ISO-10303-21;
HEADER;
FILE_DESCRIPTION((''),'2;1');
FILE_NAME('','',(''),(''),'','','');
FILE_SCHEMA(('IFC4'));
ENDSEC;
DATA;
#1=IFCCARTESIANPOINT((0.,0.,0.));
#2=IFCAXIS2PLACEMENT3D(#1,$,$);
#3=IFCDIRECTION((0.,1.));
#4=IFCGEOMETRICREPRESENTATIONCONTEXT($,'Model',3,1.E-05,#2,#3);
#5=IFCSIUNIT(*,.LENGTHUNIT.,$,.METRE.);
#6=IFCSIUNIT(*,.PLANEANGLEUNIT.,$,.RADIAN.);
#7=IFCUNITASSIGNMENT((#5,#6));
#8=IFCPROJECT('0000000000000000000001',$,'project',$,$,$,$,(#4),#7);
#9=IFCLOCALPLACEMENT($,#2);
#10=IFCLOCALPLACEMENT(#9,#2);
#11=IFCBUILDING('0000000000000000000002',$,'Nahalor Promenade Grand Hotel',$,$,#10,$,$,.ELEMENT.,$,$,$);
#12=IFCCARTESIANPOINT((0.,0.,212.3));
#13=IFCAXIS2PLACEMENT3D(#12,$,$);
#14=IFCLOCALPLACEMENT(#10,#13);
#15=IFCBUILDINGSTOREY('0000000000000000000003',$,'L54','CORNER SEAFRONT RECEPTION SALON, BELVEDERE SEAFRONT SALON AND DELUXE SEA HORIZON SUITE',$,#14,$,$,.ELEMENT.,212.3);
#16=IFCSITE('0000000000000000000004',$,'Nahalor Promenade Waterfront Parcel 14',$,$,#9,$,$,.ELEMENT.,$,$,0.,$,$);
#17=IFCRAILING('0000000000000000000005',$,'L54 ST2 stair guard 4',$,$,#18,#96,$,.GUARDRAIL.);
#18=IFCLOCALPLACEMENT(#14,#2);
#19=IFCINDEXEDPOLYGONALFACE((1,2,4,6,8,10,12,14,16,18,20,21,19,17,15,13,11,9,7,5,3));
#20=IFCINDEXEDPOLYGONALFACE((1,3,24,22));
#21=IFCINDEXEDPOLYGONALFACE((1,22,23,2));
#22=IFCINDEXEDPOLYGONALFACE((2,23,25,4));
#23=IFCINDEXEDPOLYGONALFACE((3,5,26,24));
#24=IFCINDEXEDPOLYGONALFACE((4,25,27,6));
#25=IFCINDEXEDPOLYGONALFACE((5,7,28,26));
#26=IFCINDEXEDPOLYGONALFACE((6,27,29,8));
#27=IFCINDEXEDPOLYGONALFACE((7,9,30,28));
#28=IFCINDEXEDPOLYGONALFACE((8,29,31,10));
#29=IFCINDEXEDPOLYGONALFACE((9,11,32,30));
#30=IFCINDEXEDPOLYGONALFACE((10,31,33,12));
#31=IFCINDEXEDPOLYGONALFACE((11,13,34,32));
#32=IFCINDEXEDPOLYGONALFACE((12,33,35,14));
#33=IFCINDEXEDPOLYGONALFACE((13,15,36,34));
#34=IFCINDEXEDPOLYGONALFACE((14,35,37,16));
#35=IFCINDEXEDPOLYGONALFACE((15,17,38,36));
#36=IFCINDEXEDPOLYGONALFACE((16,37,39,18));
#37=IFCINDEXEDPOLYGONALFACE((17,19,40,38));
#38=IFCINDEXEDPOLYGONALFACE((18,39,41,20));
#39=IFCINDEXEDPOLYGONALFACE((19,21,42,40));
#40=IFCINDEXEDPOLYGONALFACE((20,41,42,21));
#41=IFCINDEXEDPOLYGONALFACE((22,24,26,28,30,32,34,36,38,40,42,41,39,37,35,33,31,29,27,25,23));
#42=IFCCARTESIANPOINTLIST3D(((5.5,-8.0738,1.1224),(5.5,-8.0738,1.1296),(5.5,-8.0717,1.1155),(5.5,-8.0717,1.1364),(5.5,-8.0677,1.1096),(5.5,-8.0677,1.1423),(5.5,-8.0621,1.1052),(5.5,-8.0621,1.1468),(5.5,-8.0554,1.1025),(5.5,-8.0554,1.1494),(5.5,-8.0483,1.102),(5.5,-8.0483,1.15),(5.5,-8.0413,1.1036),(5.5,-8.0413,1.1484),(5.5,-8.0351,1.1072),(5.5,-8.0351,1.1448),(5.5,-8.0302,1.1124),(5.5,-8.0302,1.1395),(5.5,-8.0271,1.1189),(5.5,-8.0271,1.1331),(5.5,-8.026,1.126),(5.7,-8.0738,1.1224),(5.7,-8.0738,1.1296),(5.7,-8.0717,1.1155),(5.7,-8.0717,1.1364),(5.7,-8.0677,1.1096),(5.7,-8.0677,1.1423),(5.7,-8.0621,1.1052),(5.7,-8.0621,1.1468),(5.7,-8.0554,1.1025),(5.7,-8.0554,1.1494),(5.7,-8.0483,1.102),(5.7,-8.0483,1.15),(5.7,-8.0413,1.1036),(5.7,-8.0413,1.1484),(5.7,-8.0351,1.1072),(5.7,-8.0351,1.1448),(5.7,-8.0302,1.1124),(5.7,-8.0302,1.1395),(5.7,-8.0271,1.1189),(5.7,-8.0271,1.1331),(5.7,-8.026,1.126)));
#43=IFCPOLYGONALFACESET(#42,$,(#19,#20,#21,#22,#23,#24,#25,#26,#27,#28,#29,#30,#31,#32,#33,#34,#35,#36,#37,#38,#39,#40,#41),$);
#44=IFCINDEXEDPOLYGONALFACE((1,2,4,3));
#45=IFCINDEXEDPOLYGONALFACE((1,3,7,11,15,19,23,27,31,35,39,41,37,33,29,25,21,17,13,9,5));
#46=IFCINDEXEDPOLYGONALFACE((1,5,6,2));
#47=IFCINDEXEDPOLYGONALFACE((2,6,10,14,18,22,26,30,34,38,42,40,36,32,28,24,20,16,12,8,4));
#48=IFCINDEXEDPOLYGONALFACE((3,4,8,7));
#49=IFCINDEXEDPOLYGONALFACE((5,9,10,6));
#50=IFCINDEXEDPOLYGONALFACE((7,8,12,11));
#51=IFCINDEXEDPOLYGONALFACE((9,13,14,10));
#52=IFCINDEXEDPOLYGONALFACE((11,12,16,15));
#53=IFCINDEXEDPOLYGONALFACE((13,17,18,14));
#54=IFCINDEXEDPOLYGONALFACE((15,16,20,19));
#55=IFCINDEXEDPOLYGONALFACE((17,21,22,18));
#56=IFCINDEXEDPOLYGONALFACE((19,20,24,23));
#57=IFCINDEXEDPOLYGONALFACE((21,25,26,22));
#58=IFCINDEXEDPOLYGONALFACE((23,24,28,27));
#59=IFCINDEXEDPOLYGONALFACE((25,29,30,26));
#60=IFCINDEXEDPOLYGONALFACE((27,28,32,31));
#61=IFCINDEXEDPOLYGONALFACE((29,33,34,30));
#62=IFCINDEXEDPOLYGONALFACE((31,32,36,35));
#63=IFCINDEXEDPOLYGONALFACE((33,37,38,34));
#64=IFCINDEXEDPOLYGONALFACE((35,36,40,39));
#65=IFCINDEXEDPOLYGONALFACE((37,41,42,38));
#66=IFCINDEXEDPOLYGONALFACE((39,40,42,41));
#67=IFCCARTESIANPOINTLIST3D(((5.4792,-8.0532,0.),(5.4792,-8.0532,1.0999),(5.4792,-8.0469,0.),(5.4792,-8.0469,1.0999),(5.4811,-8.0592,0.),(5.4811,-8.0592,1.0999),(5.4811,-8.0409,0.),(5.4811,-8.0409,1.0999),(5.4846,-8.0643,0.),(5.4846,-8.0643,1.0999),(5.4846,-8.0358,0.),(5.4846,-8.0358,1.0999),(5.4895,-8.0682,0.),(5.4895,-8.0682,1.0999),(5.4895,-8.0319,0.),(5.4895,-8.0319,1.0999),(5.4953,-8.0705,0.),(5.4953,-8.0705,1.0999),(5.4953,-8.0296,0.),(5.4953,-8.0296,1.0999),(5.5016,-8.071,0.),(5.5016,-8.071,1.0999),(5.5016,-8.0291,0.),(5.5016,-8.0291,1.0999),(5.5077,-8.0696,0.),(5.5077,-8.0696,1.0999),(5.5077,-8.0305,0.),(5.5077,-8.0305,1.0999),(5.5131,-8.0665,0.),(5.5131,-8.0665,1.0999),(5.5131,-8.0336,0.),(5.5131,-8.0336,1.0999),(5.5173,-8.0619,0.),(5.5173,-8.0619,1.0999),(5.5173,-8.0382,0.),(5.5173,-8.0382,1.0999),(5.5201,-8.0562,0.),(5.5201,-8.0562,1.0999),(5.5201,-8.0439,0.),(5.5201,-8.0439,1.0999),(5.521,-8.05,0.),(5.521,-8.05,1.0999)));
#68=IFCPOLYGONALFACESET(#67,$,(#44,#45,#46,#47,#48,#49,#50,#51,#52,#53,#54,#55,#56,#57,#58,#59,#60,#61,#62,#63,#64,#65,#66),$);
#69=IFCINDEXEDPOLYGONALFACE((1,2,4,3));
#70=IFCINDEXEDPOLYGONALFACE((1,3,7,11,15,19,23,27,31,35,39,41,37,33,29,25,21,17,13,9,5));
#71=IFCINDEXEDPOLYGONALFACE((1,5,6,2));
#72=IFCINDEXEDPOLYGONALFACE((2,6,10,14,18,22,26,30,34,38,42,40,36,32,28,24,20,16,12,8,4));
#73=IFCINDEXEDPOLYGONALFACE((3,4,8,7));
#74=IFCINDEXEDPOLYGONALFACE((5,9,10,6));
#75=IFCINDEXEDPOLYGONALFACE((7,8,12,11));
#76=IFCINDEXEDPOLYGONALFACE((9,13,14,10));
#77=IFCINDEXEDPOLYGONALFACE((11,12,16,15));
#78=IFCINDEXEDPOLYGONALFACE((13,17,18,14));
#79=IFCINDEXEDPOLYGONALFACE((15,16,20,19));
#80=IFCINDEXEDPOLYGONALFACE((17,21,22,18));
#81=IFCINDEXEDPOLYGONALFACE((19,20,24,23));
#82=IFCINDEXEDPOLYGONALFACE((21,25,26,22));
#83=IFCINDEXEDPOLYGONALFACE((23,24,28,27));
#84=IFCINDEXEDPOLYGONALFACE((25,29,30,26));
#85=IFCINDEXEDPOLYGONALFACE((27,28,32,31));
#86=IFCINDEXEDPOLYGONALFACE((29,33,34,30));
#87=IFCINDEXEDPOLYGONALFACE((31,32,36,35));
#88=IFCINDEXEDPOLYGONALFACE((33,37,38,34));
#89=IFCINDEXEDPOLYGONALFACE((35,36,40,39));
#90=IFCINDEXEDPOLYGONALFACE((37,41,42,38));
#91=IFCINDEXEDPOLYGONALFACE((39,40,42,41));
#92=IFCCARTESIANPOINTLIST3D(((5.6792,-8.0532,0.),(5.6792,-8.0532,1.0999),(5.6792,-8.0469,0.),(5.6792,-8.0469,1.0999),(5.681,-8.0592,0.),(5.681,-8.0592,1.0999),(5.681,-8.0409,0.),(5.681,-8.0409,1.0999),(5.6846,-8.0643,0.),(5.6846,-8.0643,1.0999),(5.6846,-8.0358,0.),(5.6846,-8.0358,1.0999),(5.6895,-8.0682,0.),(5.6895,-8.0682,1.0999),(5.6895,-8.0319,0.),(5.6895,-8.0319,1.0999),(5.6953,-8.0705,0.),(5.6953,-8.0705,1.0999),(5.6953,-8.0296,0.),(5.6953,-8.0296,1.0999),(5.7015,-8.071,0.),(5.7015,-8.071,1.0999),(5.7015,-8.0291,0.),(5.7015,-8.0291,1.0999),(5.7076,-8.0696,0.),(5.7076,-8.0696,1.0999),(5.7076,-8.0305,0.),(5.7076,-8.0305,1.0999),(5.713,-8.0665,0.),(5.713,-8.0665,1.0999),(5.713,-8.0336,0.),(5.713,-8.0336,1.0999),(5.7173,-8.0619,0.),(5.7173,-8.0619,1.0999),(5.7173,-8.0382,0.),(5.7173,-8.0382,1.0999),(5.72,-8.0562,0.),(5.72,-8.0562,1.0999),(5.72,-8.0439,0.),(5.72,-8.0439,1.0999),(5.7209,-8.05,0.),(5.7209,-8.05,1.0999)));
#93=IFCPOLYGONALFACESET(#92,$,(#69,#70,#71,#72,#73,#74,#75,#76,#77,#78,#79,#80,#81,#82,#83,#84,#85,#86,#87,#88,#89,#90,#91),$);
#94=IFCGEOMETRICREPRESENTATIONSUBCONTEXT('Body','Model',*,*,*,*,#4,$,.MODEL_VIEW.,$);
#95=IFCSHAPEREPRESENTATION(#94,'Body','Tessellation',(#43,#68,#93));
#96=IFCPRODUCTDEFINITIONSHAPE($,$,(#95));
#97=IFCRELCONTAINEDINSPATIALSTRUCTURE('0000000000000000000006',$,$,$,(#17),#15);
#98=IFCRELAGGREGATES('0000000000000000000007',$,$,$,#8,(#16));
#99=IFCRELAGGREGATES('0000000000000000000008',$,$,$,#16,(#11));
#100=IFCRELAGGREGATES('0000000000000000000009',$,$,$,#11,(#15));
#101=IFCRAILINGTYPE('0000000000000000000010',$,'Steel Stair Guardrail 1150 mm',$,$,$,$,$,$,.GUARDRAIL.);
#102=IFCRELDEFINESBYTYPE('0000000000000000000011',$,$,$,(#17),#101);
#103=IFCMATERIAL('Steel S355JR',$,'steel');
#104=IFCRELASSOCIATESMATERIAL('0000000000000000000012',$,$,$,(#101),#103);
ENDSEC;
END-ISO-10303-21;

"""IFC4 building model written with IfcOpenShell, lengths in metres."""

from ifc_helpers import new_model, si_unit, direction, frame, origin, origin_2d, place, context, subcontext, project, spatial, circle, extrude, material, type_object, element, save


model = new_model("IFC4")

# Units and contexts
model_context = context("Model", 3, precision=1e-05, world=origin(), true_north=direction((0.0, 1.0)))
body_context = subcontext(model_context, "Body", "Model", "MODEL_VIEW")
ifc_project = project(units=[si_unit("LENGTHUNIT", "METRE"), si_unit("PLANEANGLEUNIT", "RADIAN")], contexts=[model_context])

# Site, building, storey
site_placement = place(None, origin())
site = spatial("IfcSite", under=ifc_project, at=site_placement, Name="Nahalor Promenade Waterfront Parcel 14", CompositionType="ELEMENT", RefElevation=0.0)
building_placement = place(site_placement, origin())
building = spatial("IfcBuilding", under=site, at=building_placement, Name="Nahalor Promenade Grand Hotel", CompositionType="ELEMENT")
storey_placement = place(building_placement, frame((0.0, 0.0, 212.3)))
storey = spatial("IfcBuildingStorey", under=building, at=storey_placement, Name="L54", Description="CORNER SEAFRONT RECEPTION SALON, BELVEDERE SEAFRONT SALON AND DELUXE SEA HORIZON SUITE", CompositionType="ELEMENT", Elevation=212.3)

# Shared definitions
ifc_material_1 = material(Name="Steel S355JR", Category="steel")

# Railing
railing_type_1 = type_object("IfcRailingType", Name="Steel Stair Guardrail 1150 mm", PredefinedType="GUARDRAIL", material=ifc_material_1)
railing_1_placement = place(storey_placement, frame((5.5, -8.05, 0.0)))
element("IfcRailing", 1, at=railing_1_placement, inside=storey, type_object=railing_type_1, Name="L54 ST2 stair guard 4", PredefinedType="GUARDRAIL", context=body_context, shape_type="SweptSolid", body=[
    extrude(circle(Radius=0.024, at=origin_2d()), frame((0.0, 0.0, 1.126), z_axis=(1.0, 0.0, 0.0), x_axis=(0.0, 1.0, 0.0)), (0.0, 0.0, 1.0), 0.2),
    extrude(circle(Radius=0.021, at=origin_2d()), origin(), (0.0, 0.0, 1.0), 1.0999),
    extrude(circle(Radius=0.021, at=origin_2d()), frame((0.2, 0.0, 0.0)), (0.0, 0.0, 1.0), 1.0999),
])

save(model, "model.ifc")
